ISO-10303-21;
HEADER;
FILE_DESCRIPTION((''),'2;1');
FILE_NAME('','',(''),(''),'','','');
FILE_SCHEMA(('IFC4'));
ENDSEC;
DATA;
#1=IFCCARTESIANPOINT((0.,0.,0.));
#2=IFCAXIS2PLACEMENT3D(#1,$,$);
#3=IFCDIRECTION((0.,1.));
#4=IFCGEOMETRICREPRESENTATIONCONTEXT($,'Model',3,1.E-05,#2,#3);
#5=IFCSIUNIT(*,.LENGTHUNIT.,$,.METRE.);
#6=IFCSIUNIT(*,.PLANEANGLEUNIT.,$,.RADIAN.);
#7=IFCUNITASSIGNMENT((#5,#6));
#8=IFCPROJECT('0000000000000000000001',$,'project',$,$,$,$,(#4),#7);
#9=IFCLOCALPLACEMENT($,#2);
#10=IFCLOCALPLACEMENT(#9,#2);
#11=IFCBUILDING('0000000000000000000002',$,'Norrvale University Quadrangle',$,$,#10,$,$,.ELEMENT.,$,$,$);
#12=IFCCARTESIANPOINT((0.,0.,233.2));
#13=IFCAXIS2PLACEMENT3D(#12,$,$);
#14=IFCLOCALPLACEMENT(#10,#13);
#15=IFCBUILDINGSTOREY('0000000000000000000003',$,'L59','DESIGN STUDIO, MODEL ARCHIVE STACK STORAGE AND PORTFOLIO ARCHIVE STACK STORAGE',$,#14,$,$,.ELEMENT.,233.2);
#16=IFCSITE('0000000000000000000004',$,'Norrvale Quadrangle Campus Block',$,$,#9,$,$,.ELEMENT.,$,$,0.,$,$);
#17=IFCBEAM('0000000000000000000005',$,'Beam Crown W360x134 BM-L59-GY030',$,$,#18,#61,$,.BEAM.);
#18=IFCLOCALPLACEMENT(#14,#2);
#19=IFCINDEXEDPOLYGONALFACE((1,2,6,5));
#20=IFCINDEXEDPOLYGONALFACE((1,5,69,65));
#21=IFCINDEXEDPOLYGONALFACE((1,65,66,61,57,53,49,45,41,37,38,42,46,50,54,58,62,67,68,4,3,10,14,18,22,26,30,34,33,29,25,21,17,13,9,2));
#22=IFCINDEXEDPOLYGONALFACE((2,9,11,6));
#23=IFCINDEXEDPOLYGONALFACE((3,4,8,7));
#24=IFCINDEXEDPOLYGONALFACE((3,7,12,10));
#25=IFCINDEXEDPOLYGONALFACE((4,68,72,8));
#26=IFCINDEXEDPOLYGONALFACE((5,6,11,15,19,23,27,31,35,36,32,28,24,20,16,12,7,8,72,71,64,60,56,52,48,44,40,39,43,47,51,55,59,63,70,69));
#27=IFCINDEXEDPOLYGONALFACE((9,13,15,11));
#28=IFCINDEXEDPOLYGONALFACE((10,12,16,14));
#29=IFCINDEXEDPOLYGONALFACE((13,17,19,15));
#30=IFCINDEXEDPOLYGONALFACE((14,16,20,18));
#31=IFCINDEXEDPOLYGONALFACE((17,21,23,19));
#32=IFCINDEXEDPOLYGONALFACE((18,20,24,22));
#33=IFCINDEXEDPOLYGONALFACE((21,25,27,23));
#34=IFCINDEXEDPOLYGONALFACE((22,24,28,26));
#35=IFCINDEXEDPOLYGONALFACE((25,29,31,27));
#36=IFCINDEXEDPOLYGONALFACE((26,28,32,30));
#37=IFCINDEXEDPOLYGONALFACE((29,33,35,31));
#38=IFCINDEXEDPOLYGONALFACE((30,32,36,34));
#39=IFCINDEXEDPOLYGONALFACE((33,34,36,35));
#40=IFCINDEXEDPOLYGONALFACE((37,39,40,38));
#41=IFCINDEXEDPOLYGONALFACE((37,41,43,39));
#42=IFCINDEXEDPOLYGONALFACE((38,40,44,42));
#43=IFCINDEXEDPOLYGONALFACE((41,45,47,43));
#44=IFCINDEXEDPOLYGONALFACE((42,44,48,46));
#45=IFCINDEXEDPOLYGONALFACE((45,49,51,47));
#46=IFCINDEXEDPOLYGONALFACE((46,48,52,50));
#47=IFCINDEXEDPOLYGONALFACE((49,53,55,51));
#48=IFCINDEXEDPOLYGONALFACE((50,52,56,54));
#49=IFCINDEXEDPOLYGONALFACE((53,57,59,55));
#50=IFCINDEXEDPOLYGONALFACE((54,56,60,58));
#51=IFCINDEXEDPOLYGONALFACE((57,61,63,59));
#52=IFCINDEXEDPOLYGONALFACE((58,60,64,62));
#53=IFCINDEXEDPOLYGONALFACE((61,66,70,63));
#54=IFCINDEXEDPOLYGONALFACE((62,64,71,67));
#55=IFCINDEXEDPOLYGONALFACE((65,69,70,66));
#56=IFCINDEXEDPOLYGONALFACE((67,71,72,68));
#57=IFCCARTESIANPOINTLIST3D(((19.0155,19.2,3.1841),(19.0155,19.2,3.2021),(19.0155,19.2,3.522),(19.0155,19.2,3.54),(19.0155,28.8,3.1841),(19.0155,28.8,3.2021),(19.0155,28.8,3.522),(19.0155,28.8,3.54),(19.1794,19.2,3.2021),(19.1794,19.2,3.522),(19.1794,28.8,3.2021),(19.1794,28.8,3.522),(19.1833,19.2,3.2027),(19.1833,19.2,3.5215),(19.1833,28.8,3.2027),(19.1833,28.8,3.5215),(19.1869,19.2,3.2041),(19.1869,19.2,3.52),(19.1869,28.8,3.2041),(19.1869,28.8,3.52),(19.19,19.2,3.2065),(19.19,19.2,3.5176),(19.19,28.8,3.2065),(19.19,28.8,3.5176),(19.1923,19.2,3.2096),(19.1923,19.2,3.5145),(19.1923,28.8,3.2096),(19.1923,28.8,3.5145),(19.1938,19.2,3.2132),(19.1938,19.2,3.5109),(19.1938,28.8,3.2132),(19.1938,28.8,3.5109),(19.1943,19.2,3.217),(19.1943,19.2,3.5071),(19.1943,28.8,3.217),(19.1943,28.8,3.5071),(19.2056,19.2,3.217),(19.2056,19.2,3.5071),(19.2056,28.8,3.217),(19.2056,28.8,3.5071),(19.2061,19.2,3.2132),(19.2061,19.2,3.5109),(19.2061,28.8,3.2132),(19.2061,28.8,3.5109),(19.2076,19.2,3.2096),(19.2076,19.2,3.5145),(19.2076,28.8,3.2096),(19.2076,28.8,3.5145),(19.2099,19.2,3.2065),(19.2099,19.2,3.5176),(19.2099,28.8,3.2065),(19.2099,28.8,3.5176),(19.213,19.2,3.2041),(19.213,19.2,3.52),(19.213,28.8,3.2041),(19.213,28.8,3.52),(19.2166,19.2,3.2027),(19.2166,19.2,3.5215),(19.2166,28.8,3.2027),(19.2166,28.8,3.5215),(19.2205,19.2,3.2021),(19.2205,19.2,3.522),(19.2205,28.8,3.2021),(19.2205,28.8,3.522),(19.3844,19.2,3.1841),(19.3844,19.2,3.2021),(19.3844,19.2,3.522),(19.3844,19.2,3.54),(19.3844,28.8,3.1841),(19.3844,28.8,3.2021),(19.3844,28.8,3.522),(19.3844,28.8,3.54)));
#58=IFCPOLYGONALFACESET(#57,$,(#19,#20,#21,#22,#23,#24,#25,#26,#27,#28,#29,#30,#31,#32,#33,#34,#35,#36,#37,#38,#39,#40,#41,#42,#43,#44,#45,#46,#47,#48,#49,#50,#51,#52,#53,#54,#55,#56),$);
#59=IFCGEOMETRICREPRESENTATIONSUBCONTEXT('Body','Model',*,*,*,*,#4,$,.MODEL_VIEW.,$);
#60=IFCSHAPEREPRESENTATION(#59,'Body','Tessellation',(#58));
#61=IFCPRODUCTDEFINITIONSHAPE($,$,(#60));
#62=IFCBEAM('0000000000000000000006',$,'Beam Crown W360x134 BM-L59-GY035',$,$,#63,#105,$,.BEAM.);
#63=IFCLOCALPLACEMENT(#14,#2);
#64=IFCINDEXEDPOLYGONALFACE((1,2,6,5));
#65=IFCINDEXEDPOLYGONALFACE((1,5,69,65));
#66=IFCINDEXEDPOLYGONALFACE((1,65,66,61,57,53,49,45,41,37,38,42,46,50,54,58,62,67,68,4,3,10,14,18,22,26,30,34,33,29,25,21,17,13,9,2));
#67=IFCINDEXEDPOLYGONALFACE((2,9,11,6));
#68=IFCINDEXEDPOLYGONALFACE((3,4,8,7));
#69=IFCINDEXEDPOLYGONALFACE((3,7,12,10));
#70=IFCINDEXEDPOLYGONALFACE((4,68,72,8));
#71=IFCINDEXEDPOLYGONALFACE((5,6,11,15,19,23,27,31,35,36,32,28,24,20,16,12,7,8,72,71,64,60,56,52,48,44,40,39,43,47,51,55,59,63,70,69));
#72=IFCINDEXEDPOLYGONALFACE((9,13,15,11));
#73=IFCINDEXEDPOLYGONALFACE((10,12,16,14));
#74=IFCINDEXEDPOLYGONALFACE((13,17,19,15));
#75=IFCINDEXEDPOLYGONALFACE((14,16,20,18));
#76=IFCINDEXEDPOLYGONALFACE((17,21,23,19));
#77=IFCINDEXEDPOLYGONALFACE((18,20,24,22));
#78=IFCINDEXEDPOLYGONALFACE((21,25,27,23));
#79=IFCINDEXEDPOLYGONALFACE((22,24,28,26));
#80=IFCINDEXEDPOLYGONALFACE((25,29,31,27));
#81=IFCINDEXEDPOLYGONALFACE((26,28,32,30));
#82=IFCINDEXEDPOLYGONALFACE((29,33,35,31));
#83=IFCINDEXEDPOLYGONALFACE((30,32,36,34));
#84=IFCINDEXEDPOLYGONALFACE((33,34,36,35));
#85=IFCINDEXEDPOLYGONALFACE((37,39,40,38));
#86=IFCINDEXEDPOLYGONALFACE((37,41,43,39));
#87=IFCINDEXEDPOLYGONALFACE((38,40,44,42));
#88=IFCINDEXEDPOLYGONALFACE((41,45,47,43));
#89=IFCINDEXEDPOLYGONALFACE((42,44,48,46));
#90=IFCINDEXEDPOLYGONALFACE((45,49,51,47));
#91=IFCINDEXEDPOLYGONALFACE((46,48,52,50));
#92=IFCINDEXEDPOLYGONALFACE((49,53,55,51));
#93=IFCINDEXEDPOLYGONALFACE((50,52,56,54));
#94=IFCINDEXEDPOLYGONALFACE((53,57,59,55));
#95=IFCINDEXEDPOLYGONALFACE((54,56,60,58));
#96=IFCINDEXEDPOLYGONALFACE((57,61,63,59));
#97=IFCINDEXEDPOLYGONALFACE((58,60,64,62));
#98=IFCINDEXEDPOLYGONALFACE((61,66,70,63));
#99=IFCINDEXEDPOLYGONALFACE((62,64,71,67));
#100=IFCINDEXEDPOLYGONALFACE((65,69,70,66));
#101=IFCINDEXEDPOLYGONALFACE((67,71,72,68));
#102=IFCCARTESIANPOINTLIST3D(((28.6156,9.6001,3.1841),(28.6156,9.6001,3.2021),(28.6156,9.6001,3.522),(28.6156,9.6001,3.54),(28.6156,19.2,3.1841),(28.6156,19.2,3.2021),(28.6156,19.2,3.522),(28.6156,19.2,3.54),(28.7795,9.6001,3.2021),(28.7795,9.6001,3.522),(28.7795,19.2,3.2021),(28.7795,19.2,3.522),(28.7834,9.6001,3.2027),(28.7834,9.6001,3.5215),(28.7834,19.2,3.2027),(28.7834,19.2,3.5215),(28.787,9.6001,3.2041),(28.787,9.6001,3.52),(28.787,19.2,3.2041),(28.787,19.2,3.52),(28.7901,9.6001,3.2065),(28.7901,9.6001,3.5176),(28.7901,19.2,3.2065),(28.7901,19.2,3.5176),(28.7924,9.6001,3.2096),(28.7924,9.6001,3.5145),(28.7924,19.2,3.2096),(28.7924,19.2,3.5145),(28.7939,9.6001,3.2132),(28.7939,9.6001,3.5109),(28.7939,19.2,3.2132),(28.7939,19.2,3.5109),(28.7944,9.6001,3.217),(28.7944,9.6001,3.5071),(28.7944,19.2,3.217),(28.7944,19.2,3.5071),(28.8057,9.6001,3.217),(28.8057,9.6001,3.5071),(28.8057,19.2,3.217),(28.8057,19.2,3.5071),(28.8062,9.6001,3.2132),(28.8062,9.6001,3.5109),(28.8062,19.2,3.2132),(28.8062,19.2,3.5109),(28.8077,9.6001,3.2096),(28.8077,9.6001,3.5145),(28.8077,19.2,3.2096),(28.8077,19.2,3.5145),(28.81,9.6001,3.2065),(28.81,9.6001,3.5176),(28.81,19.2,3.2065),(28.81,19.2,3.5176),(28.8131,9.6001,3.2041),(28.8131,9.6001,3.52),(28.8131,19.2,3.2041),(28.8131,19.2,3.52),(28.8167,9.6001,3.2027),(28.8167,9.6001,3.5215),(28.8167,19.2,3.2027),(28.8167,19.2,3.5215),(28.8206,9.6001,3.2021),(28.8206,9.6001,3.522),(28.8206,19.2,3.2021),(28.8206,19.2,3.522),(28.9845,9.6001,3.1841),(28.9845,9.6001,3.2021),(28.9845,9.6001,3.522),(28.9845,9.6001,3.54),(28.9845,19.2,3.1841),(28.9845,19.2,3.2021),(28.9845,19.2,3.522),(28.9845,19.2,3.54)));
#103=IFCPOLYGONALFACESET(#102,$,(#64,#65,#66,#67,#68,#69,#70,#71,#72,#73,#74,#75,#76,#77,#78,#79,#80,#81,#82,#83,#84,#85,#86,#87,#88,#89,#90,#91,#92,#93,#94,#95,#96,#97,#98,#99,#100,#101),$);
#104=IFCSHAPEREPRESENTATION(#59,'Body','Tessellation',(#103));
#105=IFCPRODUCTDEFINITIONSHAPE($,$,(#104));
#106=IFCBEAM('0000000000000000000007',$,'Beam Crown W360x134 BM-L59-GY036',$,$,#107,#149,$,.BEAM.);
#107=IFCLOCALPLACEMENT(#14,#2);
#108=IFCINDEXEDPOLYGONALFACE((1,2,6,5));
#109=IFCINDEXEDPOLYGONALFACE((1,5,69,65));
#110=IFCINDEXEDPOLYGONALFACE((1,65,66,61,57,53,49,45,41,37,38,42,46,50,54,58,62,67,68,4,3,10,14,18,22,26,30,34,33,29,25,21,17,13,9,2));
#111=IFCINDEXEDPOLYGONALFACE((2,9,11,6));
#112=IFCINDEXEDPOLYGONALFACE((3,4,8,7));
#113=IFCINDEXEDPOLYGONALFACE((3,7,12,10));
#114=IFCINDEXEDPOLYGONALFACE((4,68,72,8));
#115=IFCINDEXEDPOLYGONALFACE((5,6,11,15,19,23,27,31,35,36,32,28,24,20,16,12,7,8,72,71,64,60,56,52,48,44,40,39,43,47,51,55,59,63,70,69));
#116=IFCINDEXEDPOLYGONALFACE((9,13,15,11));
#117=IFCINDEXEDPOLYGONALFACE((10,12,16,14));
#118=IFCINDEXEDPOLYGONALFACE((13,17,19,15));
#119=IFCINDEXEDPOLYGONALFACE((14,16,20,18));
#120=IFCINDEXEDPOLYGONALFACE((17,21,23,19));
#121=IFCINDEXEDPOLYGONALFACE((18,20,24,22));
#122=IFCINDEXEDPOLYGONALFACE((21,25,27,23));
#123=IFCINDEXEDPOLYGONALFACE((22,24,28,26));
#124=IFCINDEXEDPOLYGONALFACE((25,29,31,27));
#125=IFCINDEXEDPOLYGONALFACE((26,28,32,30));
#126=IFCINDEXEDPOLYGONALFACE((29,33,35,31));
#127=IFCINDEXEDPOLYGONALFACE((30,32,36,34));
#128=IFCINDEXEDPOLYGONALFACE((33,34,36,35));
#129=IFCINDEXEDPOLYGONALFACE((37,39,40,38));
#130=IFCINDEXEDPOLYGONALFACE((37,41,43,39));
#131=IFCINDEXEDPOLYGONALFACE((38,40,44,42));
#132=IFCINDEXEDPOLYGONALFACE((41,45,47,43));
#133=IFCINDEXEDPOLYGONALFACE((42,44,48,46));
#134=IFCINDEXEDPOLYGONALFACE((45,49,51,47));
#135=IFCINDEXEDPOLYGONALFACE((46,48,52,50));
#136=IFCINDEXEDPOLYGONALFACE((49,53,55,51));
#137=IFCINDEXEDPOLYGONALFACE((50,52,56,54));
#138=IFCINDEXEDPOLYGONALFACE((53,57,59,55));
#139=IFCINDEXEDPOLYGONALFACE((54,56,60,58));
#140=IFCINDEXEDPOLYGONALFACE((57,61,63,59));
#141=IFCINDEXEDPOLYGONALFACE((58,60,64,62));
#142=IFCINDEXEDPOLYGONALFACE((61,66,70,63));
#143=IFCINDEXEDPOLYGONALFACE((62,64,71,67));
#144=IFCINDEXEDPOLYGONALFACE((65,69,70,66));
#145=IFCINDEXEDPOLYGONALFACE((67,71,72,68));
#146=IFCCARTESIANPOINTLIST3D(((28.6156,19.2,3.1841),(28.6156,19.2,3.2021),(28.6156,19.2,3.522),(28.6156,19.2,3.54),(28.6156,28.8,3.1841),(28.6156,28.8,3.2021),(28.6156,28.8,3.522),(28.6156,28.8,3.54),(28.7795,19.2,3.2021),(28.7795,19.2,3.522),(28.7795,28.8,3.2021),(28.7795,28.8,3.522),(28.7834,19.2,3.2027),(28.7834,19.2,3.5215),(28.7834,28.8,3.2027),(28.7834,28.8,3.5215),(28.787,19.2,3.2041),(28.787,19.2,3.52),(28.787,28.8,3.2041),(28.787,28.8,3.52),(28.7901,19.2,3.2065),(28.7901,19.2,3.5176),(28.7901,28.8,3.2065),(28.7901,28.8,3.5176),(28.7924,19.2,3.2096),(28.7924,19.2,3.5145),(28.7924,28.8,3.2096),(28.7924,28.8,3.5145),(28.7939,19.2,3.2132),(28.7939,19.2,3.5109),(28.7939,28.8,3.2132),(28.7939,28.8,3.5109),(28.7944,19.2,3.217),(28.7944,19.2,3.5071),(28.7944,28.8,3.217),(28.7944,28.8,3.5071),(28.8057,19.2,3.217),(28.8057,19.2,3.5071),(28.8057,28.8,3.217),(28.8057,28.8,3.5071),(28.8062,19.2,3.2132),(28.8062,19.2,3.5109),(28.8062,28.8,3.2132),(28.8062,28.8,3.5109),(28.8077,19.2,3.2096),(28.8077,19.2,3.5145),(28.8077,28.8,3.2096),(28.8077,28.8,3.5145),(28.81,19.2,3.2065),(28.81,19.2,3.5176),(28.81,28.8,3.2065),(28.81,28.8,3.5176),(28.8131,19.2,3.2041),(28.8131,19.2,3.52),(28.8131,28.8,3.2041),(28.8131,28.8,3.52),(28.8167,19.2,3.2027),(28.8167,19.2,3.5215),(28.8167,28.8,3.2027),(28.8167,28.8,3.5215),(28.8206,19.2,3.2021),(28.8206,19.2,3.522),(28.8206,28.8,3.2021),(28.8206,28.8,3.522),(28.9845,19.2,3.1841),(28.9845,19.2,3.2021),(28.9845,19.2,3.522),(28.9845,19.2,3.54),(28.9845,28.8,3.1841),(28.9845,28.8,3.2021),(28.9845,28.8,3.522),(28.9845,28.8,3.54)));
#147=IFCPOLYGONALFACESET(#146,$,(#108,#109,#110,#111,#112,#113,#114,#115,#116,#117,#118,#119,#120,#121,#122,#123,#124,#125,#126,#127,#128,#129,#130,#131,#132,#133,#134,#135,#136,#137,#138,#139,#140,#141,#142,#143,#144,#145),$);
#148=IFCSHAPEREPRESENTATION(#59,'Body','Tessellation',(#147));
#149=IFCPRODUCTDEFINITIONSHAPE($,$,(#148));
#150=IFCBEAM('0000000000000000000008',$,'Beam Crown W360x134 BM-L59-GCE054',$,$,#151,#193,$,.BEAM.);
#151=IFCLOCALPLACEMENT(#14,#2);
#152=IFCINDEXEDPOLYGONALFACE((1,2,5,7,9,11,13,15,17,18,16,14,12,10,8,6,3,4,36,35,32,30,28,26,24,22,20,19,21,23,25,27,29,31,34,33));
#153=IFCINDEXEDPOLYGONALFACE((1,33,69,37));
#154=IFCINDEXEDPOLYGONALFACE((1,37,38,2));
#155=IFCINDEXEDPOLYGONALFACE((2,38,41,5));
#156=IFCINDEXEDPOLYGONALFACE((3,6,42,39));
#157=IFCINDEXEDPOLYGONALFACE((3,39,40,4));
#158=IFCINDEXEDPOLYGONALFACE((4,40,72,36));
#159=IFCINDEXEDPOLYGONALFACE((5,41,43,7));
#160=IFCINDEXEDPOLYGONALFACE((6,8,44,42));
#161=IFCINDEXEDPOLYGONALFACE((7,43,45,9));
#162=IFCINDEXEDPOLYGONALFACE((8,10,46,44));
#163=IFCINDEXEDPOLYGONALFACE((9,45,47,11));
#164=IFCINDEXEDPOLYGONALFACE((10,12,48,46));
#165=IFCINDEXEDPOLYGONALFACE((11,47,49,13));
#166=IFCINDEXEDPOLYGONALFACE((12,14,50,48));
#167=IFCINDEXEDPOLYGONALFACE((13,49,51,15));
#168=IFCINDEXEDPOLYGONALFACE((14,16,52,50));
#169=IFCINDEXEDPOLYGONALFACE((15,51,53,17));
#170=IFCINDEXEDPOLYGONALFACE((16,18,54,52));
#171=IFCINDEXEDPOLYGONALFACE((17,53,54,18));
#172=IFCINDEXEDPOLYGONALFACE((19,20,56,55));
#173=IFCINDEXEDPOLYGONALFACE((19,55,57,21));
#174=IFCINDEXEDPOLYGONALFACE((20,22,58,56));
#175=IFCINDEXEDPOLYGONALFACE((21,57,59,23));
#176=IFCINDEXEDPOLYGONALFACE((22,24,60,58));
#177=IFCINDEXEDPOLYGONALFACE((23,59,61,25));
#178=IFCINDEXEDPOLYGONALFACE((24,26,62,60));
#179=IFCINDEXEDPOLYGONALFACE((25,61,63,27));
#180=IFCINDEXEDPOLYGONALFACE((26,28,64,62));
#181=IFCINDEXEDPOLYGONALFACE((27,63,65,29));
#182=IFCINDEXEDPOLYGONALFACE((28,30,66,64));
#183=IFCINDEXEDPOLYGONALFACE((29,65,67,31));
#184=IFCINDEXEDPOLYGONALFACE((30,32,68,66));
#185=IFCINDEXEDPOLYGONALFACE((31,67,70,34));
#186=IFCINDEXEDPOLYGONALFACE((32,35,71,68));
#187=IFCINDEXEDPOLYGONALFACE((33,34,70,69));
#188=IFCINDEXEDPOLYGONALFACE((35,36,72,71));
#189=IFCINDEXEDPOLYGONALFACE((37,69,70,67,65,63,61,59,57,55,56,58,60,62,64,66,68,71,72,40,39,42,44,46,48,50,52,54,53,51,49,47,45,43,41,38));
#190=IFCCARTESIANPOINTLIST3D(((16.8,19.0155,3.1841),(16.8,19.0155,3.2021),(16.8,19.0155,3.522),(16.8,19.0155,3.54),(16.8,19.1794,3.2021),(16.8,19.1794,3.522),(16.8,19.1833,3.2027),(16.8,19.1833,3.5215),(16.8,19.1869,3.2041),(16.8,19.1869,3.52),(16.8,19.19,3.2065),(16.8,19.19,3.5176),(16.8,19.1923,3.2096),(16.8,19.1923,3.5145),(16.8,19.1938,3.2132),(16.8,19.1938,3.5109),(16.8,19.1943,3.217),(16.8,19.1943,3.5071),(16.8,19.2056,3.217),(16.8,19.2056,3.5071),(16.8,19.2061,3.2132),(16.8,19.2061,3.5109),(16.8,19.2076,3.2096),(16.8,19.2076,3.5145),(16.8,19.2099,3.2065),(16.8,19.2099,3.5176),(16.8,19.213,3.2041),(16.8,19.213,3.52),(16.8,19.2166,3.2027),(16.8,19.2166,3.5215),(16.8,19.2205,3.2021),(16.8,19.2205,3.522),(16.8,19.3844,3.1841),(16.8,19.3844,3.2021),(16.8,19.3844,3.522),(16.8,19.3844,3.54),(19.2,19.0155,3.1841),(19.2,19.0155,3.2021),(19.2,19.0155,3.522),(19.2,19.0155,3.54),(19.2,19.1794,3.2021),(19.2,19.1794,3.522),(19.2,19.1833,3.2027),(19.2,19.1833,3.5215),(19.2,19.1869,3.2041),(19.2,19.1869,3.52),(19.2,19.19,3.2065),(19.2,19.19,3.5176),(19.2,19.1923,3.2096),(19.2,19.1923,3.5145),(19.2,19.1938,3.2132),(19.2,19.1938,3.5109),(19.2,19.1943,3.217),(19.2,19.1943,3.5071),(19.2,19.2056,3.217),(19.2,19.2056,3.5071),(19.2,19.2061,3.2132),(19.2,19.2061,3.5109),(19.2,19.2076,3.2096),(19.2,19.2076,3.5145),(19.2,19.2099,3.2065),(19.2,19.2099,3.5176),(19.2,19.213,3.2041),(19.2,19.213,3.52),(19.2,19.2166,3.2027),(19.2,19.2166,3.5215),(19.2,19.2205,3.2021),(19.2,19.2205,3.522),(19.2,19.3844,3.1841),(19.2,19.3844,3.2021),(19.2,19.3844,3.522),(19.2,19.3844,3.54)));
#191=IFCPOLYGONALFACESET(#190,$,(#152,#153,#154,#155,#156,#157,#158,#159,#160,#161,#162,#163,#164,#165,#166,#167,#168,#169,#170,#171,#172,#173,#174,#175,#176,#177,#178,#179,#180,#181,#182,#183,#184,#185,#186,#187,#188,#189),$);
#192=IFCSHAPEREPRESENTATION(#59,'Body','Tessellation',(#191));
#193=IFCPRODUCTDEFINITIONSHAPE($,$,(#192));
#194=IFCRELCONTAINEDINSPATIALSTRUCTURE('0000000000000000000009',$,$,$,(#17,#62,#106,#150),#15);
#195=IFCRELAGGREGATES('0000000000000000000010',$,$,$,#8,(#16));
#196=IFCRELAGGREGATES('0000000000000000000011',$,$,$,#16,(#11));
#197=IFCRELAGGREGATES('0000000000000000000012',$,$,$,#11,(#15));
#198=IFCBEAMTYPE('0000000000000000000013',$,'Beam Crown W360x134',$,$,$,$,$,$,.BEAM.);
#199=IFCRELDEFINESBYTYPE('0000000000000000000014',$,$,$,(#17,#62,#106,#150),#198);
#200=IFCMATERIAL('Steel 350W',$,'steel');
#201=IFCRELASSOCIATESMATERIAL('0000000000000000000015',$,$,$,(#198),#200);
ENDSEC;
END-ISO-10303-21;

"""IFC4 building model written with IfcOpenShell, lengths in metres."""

from ifc_helpers import new_model, si_unit, direction, frame, origin, origin_2d, place, context, subcontext, project, spatial, i_section, extrude, material, material_profile, profile_set, type_object, element, save


model = new_model("IFC4")

# Units and contexts
model_context = context("Model", 3, precision=1e-05, world=origin(), true_north=direction((0.0, 1.0)))
body_context = subcontext(model_context, "Body", "Model", "MODEL_VIEW")
ifc_project = project(units=[si_unit("LENGTHUNIT", "METRE"), si_unit("PLANEANGLEUNIT", "RADIAN")], contexts=[model_context])

# Site, building, storey
site_placement = place(None, origin())
site = spatial("IfcSite", under=ifc_project, at=site_placement, Name="Norrvale Quadrangle Campus Block", CompositionType="ELEMENT", RefElevation=0.0)
building_placement = place(site_placement, origin())
building = spatial("IfcBuilding", under=site, at=building_placement, Name="Norrvale University Quadrangle", CompositionType="ELEMENT")
storey_placement = place(building_placement, frame((0.0, 0.0, 233.2)))
storey = spatial("IfcBuildingStorey", under=building, at=storey_placement, Name="L59", Description="DESIGN STUDIO, MODEL ARCHIVE STACK STORAGE AND PORTFOLIO ARCHIVE STACK STORAGE", CompositionType="ELEMENT", Elevation=233.2)

# Beams
ifc_material_1 = material(Name="Steel 350W", Category="steel")
ifc_material_profile_1 = material_profile(ifc_material_1, i_section(OverallWidth=0.3689, OverallDepth=0.356, WebThickness=0.0112, FlangeThickness=0.0181, FilletRadius=0.0149, at=origin_2d()), Name="Steel 350W")
ifc_profile_set_1 = profile_set([ifc_material_profile_1], Name="Steel 350W")
beam_type_1 = type_object("IfcBeamType", Name="Beam Crown W360x134", PredefinedType="BEAM", material=ifc_profile_set_1)
beam_1_placement = place(storey_placement, frame((19.2, 19.2, 3.3621), z_axis=(0.0, 1.0, 0.0), x_axis=(-1.0, 0.0, 0.0)))
element("IfcBeam", 1, at=beam_1_placement, inside=storey, type_object=beam_type_1, Name="Beam Crown W360x134 BM-L59-GY030", PredefinedType="BEAM", context=body_context, shape_type="SweptSolid", body=[
    extrude(i_section(OverallWidth=0.3689, OverallDepth=0.356, WebThickness=0.0112, FlangeThickness=0.0181, FilletRadius=0.0149, at=origin_2d()), origin(), (0.0, 0.0, 1.0), 9.6001),
])
beam_2_placement = place(storey_placement, frame((28.8, 9.6001, 3.3621), z_axis=(0.0, 1.0, 0.0), x_axis=(-1.0, 0.0, 0.0)))
element("IfcBeam", 2, at=beam_2_placement, inside=storey, type_object=beam_type_1, Name="Beam Crown W360x134 BM-L59-GY035", PredefinedType="BEAM", context=body_context, shape_type="SweptSolid", body=[
    extrude(i_section(OverallWidth=0.3689, OverallDepth=0.356, WebThickness=0.0112, FlangeThickness=0.0181, FilletRadius=0.0149, at=origin_2d()), origin(), (0.0, 0.0, 1.0), 9.5999),
])
beam_3_placement = place(storey_placement, frame((28.8, 19.2, 3.3621), z_axis=(0.0, 1.0, 0.0), x_axis=(-1.0, 0.0, 0.0)))
element("IfcBeam", 3, at=beam_3_placement, inside=storey, type_object=beam_type_1, Name="Beam Crown W360x134 BM-L59-GY036", PredefinedType="BEAM", context=body_context, shape_type="SweptSolid", body=[
    extrude(i_section(OverallWidth=0.3689, OverallDepth=0.356, WebThickness=0.0112, FlangeThickness=0.0181, FilletRadius=0.0149, at=origin_2d()), origin(), (0.0, 0.0, 1.0), 9.6001),
])
beam_4_placement = place(storey_placement, frame((16.8, 19.2, 3.3621), z_axis=(1.0, 0.0, 0.0), x_axis=(0.0, 1.0, 0.0)))
element("IfcBeam", 4, at=beam_4_placement, inside=storey, type_object=beam_type_1, Name="Beam Crown W360x134 BM-L59-GCE054", PredefinedType="BEAM", context=body_context, shape_type="SweptSolid", body=[
    extrude(i_section(OverallWidth=0.3689, OverallDepth=0.356, WebThickness=0.0112, FlangeThickness=0.0181, FilletRadius=0.0149, at=origin_2d()), origin(), (0.0, 0.0, 1.0), 2.3999),
])

save(model, "model.ifc")
